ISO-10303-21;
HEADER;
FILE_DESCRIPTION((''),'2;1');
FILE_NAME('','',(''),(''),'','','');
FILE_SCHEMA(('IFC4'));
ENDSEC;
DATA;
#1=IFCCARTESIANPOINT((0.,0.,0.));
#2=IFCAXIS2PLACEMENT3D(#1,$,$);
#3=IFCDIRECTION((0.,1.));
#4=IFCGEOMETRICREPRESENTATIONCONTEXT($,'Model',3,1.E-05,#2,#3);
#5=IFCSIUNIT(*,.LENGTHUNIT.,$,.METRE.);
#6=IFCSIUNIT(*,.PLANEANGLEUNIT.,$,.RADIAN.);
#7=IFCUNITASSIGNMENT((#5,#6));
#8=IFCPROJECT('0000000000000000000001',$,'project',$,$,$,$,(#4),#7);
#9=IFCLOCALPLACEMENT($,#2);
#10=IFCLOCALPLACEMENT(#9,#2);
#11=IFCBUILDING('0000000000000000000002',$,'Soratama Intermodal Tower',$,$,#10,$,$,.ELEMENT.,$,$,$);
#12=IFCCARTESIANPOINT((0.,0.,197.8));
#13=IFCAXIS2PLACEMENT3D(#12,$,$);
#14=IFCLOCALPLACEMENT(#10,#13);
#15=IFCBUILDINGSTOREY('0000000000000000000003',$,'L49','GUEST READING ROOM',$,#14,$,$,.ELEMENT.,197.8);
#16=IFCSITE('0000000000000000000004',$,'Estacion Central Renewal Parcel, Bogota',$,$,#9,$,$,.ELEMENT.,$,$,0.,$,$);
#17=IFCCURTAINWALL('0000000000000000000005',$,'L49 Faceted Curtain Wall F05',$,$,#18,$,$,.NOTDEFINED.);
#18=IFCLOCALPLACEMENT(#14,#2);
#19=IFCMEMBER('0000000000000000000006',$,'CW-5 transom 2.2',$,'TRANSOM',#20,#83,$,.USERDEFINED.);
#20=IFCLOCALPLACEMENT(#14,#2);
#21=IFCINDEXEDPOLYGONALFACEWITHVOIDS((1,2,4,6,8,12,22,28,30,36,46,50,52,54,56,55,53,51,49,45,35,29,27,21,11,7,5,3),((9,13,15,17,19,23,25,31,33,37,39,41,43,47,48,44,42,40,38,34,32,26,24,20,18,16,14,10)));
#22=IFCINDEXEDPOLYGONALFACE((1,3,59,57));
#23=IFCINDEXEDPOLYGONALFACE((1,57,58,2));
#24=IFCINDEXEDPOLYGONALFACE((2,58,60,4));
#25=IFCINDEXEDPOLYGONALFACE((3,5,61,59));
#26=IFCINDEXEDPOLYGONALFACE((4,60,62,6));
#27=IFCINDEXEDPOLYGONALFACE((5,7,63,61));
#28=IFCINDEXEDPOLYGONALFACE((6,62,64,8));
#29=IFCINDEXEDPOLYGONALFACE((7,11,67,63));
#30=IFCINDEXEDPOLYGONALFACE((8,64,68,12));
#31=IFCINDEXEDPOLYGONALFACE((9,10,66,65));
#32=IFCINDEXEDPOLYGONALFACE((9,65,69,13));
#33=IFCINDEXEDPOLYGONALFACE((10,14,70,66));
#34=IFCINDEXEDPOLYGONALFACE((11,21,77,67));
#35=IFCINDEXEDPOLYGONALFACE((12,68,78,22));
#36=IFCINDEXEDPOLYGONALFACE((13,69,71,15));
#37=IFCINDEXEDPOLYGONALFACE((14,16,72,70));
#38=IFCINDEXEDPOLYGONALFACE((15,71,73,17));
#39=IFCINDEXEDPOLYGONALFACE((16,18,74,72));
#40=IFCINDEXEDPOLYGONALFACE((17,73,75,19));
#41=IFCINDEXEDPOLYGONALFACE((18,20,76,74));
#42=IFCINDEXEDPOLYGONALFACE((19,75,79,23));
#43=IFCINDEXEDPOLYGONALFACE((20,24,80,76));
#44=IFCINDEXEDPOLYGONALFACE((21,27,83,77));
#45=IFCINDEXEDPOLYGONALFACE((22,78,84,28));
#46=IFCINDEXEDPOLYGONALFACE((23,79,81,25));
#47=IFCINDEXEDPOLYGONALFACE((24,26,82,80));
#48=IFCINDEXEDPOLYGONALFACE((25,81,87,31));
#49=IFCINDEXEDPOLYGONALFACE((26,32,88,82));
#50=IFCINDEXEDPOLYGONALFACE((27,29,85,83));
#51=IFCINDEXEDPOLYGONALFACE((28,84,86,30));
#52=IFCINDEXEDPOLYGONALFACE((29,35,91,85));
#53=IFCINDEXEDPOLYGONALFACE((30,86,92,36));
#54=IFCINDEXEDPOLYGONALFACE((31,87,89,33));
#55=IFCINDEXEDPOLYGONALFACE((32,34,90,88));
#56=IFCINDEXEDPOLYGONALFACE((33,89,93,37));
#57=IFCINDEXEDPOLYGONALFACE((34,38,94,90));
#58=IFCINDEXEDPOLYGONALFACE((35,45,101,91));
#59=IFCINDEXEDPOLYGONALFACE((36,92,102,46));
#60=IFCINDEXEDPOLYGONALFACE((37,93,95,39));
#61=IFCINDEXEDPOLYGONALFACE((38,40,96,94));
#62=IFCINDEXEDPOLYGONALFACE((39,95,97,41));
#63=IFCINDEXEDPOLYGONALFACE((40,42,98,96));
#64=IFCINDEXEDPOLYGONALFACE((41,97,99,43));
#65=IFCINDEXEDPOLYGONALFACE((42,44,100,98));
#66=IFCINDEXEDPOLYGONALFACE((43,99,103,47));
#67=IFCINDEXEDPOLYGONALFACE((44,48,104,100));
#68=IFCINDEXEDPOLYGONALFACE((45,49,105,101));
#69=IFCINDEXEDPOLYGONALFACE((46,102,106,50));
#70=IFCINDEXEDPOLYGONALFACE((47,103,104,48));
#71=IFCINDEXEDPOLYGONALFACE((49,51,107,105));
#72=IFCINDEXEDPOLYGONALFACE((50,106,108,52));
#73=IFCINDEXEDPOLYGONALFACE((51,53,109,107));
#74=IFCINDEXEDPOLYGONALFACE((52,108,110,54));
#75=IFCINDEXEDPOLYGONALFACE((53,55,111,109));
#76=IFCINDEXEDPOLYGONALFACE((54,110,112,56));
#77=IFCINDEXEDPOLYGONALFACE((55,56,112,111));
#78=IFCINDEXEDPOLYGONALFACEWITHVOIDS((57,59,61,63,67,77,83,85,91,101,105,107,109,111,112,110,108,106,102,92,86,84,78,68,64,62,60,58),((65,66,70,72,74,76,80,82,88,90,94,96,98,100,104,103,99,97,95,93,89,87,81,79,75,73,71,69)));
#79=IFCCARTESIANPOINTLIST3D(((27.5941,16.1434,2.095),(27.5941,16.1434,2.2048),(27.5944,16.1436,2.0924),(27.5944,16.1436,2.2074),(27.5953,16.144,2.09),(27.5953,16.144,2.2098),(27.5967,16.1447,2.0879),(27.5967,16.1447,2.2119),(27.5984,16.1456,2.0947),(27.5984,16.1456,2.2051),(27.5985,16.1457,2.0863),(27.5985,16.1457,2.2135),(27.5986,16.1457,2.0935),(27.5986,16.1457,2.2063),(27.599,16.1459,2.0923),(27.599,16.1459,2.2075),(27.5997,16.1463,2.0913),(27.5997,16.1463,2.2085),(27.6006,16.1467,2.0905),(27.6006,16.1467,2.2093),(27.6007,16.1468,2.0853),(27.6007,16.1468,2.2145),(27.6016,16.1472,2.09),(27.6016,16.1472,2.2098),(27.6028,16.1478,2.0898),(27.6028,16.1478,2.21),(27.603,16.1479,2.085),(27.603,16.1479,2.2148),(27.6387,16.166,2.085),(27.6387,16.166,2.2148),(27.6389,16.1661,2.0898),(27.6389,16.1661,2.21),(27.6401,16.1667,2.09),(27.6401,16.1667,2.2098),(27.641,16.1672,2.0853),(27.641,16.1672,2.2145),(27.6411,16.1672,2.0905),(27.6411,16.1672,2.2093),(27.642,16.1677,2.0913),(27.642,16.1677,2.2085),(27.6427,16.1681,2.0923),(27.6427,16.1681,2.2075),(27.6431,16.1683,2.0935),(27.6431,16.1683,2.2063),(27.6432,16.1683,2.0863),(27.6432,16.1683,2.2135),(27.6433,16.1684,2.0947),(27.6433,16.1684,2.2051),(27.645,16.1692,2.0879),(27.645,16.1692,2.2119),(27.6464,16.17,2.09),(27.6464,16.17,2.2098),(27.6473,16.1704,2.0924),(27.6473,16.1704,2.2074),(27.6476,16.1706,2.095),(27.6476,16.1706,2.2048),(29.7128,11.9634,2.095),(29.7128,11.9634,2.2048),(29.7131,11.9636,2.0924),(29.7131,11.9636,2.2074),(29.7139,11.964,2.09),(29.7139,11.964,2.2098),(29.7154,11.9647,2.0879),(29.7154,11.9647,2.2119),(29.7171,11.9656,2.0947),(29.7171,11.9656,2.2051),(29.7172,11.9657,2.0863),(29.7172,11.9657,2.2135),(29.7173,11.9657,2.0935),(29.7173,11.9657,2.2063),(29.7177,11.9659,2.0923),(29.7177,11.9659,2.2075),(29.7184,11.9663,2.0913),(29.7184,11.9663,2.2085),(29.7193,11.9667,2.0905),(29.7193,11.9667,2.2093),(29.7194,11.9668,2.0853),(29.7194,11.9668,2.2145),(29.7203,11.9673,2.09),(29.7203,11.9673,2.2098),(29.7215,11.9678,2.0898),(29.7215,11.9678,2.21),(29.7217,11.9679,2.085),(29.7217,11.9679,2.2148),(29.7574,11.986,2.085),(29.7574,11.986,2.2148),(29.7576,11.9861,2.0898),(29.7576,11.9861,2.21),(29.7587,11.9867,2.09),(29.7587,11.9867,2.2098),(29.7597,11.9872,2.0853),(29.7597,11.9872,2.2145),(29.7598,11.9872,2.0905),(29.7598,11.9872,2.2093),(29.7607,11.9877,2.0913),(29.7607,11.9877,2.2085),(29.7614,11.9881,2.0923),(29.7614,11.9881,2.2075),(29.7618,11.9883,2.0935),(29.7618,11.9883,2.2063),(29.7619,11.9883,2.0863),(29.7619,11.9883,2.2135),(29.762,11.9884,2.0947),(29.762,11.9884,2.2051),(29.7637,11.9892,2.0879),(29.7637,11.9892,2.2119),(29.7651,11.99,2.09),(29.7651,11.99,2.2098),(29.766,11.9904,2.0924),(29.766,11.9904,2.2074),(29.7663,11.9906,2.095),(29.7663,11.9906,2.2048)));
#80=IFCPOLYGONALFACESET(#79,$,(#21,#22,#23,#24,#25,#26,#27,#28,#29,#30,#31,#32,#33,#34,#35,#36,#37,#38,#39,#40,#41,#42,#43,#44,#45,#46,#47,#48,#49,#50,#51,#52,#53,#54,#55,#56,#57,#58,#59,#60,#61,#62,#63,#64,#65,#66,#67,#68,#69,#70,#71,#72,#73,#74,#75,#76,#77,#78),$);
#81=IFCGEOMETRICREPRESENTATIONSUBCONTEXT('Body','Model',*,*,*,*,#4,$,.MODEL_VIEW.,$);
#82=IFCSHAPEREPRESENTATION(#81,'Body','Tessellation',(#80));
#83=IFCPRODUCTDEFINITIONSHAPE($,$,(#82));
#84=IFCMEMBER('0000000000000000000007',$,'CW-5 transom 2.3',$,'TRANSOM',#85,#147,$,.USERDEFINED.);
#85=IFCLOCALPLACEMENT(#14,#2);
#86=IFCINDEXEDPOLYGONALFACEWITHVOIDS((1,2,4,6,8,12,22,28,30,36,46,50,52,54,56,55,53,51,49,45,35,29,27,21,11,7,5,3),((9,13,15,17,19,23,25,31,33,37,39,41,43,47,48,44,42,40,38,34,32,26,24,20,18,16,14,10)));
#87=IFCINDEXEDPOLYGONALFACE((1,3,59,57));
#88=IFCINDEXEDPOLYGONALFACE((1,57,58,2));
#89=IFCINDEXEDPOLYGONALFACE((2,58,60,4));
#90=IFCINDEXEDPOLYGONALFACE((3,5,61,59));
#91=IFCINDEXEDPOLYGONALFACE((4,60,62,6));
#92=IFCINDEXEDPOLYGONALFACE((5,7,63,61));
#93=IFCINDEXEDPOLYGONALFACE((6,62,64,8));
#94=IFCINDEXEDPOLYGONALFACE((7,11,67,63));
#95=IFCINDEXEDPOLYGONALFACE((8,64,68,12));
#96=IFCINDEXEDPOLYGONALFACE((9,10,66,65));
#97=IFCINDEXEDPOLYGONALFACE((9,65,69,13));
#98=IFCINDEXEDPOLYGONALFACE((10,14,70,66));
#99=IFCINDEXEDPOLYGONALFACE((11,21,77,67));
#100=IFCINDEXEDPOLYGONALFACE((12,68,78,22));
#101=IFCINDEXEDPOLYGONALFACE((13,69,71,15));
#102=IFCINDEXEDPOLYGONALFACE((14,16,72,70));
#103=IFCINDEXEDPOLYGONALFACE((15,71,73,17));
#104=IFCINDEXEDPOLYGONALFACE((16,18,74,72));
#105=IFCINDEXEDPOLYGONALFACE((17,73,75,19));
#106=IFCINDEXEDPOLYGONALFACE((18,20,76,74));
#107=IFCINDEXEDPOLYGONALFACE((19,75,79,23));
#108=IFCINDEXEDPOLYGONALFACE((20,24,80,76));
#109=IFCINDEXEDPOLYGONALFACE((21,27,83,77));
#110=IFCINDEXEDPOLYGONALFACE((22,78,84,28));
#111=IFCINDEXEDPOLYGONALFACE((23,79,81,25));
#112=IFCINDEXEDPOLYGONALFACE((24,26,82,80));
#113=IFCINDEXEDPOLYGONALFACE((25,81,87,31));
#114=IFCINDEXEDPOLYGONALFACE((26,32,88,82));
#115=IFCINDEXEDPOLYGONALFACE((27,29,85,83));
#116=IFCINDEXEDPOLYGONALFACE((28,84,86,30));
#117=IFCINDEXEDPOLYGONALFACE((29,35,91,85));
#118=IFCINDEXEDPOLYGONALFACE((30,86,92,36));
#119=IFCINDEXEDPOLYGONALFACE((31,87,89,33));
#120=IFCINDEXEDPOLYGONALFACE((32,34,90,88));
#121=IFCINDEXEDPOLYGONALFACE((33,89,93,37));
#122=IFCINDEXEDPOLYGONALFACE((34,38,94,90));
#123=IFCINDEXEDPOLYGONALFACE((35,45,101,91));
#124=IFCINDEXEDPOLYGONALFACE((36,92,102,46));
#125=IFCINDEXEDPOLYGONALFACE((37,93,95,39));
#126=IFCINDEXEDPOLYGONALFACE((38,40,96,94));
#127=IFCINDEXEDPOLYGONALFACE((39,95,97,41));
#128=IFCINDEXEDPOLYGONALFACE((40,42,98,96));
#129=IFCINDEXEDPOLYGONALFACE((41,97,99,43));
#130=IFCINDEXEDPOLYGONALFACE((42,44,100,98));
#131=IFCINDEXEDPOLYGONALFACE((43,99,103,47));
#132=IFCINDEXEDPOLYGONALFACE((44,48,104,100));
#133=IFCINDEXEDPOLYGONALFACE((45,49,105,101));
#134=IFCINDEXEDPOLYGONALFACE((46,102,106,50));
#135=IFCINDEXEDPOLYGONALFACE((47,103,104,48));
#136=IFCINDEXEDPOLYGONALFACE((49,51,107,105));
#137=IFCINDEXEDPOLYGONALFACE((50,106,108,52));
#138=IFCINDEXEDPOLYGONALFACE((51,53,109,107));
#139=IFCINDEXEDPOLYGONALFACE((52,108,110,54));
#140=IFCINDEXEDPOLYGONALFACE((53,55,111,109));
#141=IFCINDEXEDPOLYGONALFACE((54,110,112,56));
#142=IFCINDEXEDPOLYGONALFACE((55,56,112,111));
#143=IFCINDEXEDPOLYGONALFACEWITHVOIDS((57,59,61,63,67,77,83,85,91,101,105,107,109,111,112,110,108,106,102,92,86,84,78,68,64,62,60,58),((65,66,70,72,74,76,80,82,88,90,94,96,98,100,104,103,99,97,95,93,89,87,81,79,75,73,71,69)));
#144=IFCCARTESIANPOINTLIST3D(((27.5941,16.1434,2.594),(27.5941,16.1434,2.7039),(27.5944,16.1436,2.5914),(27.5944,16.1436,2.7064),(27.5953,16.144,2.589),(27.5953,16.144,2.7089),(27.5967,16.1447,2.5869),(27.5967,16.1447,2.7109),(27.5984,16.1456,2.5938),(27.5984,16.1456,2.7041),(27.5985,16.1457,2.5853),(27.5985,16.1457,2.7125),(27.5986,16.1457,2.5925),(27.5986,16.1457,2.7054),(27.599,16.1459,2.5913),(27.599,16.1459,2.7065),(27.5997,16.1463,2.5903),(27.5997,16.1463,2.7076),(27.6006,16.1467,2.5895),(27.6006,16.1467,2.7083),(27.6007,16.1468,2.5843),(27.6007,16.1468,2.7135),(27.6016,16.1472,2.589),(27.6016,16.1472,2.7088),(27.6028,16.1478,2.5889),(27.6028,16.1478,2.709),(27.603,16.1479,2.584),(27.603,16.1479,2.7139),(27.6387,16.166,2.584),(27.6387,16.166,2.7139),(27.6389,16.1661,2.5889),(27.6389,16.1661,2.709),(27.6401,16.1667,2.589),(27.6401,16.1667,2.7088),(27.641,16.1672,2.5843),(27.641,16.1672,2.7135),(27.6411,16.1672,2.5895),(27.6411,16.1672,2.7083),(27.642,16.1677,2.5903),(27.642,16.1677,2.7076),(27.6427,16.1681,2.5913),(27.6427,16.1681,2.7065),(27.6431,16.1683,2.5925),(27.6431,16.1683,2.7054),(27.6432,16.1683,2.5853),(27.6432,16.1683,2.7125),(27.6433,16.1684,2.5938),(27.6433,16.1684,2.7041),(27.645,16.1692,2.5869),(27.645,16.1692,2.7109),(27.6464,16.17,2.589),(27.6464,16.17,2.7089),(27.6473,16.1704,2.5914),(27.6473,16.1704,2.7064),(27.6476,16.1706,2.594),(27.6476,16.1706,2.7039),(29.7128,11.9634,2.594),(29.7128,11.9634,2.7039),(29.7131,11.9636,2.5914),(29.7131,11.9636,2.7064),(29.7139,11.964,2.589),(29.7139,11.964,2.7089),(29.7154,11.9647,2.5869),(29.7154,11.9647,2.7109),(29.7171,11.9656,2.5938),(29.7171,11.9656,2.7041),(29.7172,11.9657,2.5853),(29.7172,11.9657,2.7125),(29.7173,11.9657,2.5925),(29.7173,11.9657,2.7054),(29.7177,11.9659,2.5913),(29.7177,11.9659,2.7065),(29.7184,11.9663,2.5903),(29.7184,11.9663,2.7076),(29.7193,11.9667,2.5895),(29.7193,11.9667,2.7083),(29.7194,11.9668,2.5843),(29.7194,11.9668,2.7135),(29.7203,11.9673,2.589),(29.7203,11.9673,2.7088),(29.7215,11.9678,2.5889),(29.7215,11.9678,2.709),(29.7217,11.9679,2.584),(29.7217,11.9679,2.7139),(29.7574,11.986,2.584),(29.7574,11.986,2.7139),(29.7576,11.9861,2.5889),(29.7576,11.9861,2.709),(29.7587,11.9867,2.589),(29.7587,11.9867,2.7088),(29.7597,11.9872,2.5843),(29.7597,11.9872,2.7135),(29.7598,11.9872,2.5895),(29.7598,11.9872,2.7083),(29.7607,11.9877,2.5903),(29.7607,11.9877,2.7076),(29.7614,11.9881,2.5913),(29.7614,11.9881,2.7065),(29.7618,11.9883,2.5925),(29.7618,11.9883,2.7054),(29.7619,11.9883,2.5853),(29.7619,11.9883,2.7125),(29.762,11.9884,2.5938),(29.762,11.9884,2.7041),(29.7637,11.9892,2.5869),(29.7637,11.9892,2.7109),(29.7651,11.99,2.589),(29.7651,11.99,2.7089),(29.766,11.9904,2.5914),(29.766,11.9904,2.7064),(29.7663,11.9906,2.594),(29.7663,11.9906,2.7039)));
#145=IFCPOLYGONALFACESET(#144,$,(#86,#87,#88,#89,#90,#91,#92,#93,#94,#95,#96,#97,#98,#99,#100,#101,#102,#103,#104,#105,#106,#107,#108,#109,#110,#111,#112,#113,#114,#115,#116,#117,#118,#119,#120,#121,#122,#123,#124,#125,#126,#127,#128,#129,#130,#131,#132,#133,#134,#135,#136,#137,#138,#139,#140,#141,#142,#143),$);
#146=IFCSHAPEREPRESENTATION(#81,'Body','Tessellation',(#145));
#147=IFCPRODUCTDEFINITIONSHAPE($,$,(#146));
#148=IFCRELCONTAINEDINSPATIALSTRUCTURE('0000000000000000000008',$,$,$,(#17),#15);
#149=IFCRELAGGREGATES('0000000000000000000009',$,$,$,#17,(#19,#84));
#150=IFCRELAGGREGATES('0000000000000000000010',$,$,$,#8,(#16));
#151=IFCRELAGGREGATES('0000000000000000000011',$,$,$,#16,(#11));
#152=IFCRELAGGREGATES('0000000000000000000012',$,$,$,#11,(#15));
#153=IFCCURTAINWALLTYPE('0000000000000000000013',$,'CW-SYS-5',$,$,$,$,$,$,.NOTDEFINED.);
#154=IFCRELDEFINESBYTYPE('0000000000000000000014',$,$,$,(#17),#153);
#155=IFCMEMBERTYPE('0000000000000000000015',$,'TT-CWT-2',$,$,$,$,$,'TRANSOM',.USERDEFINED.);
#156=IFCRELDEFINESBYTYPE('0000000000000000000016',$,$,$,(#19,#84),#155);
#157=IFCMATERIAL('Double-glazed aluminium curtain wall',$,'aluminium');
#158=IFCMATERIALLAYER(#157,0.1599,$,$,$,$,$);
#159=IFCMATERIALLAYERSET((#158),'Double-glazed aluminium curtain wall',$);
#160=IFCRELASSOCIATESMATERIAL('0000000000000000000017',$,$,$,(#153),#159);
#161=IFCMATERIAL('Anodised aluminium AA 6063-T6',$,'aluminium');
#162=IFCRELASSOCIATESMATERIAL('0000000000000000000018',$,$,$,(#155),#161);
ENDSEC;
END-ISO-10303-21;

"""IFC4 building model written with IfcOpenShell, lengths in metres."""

from ifc_helpers import new_model, si_unit, direction, frame, origin, origin_2d, place, context, subcontext, project, spatial, hollow_rectangle, extrude, material, layer, layer_set, material_profile, profile_set, type_object, element, aggregate, save


model = new_model("IFC4")

# Units and contexts
model_context = context("Model", 3, precision=1e-05, world=origin(), true_north=direction((0.0, 1.0)))
body_context = subcontext(model_context, "Body", "Model", "MODEL_VIEW")
ifc_project = project(units=[si_unit("LENGTHUNIT", "METRE"), si_unit("PLANEANGLEUNIT", "RADIAN")], contexts=[model_context])

# Site, building, storey
site_placement = place(None, origin())
site = spatial("IfcSite", under=ifc_project, at=site_placement, Name="Estacion Central Renewal Parcel, Bogota", CompositionType="ELEMENT", RefElevation=0.0)
building_placement = place(site_placement, origin())
building = spatial("IfcBuilding", under=site, at=building_placement, Name="Soratama Intermodal Tower", CompositionType="ELEMENT")
storey_placement = place(building_placement, frame((0.0, 0.0, 197.8)))
storey = spatial("IfcBuildingStorey", under=building, at=storey_placement, Name="L49", Description="GUEST READING ROOM", CompositionType="ELEMENT", Elevation=197.8)

# Curtain wall
ifc_material_1 = material(Name="Double-glazed aluminium curtain wall", Category="aluminium")
ifc_layer_1 = layer(ifc_material_1, 0.1599)
ifc_layer_set_1 = layer_set([ifc_layer_1], Name="Double-glazed aluminium curtain wall")
curtain_wall_type = type_object("IfcCurtainWallType", Name="CW-SYS-5", PredefinedType="NOTDEFINED", material=ifc_layer_set_1)
curtain_wall_1_placement = place(storey_placement, origin())
curtain_wall_1 = element("IfcCurtainWall", 1, at=curtain_wall_1_placement, inside=storey, type_object=curtain_wall_type, Name="L49 Faceted Curtain Wall F05", PredefinedType="NOTDEFINED")

# Members
ifc_material_2 = material(Name="Anodised aluminium AA 6063-T6", Category="aluminium")
ifc_material_profile_1 = material_profile(ifc_material_2, hollow_rectangle(XDim=0.0601, YDim=0.1299, WallThickness=0.0049, InnerFilletRadius=0.0049, OuterFilletRadius=0.01, at=origin_2d()), Name="CWT130X60X5")
ifc_profile_set_1 = profile_set([ifc_material_profile_1], Name="Anodised aluminium AA 6063-T6")
member_type_1 = type_object("IfcMemberType", Name="TT-CWT-2", ElementType="TRANSOM", PredefinedType="USERDEFINED", material=ifc_profile_set_1)
member_1_placement = place(storey_placement, frame((27.6208, 16.157, 2.1499), z_axis=(0.452104, -0.891965, 0.0), x_axis=(0.891965, 0.452104, 0.0)))
member_1 = element("IfcMember", 2, at=member_1_placement, type_object=member_type_1, Name="CW-5 transom 2.2", ObjectType="TRANSOM", PredefinedType="USERDEFINED", context=body_context, shape_type="SweptSolid", body=[
    extrude(hollow_rectangle(XDim=0.0601, YDim=0.1299, WallThickness=0.0049, InnerFilletRadius=0.0049, OuterFilletRadius=0.01, at=origin_2d()), origin(), (0.0, 0.0, 1.0), 4.6863),
])
member_2_placement = place(storey_placement, frame((27.6208, 16.157, 2.6489), z_axis=(0.452104, -0.891965, 0.0), x_axis=(0.891965, 0.452104, 0.0)))
member_2 = element("IfcMember", 3, at=member_2_placement, type_object=member_type_1, Name="CW-5 transom 2.3", ObjectType="TRANSOM", PredefinedType="USERDEFINED", context=body_context, shape_type="SweptSolid", body=[
    extrude(hollow_rectangle(XDim=0.0601, YDim=0.1299, WallThickness=0.0049, InnerFilletRadius=0.0049, OuterFilletRadius=0.01, at=origin_2d()), origin(), (0.0, 0.0, 1.0), 4.6863),
])

aggregate(curtain_wall_1, [member_1, member_2])

save(model, "model.ifc")
